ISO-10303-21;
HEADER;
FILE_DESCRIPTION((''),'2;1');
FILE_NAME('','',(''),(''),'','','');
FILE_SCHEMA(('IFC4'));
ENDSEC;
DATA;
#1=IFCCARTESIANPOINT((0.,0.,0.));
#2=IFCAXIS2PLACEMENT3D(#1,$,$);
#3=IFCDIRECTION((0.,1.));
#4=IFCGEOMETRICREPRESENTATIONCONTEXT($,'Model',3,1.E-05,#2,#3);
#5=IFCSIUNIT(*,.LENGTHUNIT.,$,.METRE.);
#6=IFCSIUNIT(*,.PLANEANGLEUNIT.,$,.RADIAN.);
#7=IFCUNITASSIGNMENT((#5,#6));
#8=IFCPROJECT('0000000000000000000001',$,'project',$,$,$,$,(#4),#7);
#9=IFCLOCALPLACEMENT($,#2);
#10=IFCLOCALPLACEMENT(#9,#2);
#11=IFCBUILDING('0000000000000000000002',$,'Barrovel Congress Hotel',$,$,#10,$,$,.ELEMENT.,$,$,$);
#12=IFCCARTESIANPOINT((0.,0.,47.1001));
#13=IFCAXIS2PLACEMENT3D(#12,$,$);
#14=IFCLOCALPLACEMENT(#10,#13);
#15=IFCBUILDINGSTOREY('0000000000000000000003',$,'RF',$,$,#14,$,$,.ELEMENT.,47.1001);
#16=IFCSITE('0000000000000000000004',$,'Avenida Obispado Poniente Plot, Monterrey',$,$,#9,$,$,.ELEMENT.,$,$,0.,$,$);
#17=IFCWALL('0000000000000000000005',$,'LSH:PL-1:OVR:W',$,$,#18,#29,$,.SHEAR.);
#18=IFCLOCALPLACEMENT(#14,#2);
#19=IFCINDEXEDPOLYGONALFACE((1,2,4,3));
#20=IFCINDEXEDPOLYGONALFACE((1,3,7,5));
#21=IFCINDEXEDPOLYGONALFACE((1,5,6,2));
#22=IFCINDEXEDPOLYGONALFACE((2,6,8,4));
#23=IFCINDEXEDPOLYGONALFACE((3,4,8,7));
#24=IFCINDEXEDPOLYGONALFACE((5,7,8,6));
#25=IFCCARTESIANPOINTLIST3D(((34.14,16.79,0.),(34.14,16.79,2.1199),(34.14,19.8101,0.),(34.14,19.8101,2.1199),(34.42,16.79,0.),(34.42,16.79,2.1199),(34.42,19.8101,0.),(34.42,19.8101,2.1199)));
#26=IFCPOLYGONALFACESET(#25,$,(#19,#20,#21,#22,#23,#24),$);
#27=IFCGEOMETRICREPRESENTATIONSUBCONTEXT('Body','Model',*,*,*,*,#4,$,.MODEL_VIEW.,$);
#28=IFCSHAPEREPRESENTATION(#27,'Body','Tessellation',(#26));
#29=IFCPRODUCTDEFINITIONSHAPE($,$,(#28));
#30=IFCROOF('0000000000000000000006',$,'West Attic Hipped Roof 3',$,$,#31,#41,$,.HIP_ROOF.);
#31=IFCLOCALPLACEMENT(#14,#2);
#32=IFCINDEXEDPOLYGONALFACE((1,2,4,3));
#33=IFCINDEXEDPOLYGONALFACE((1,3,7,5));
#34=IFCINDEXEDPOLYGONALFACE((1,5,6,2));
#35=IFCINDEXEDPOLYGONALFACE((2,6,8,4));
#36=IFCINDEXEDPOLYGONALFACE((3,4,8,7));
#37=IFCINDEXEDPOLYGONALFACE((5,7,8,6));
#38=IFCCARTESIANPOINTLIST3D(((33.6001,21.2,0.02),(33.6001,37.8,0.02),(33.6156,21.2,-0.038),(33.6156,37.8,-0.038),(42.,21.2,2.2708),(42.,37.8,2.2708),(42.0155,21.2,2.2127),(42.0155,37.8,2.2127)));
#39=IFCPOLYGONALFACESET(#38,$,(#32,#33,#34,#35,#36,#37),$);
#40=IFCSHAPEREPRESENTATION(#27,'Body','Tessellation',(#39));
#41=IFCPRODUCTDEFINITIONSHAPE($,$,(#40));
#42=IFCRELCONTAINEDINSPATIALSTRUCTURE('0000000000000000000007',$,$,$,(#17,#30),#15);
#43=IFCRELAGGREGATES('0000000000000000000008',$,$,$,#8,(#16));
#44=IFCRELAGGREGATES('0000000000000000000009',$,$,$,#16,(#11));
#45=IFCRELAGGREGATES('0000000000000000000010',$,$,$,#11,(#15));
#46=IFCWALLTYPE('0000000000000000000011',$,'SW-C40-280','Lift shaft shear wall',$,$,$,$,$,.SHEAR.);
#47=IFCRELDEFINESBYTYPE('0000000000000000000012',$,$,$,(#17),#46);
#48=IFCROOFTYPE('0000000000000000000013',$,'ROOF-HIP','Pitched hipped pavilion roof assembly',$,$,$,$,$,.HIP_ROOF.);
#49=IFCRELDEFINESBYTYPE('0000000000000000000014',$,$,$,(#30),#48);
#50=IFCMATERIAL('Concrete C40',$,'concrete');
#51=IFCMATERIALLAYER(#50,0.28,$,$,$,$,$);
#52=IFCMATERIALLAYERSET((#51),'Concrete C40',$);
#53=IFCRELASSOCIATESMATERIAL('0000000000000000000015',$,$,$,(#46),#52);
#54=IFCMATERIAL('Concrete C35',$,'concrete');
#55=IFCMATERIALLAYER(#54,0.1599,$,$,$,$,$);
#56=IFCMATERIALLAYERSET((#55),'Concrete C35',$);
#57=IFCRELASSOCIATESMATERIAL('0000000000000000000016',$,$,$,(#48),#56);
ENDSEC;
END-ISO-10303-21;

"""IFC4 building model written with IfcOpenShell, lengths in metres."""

from ifc_helpers import new_model, si_unit, direction, frame, frame_2d, origin, place, context, subcontext, project, spatial, polyline, rectangle, outline, extrude, material, layer, layer_set, type_object, element, save


model = new_model("IFC4")

# Units and contexts
model_context = context("Model", 3, precision=1e-05, world=origin(), true_north=direction((0.0, 1.0)))
body_context = subcontext(model_context, "Body", "Model", "MODEL_VIEW")
ifc_project = project(units=[si_unit("LENGTHUNIT", "METRE"), si_unit("PLANEANGLEUNIT", "RADIAN")], contexts=[model_context])

# Site, building, storey
site_placement = place(None, origin())
site = spatial("IfcSite", under=ifc_project, at=site_placement, Name="Avenida Obispado Poniente Plot, Monterrey", CompositionType="ELEMENT", RefElevation=0.0)
building_placement = place(site_placement, origin())
building = spatial("IfcBuilding", under=site, at=building_placement, Name="Barrovel Congress Hotel", CompositionType="ELEMENT")
storey_placement = place(building_placement, frame((0.0, 0.0, 47.1001)))
storey = spatial("IfcBuildingStorey", under=building, at=storey_placement, Name="RF", CompositionType="ELEMENT", Elevation=47.1001)

# Shared definitions
ifc_material_1 = material(Name="Concrete C40", Category="concrete")

# Shared definitions
ifc_material_2 = material(Name="Concrete C35", Category="concrete")

# Wall
ifc_layer_1 = layer(ifc_material_1, 0.28)
ifc_layer_set_1 = layer_set([ifc_layer_1], Name="Concrete C40")
wall_type_1 = type_object("IfcWallType", Name="SW-C40-280", Description="Lift shaft shear wall", PredefinedType="SHEAR", material=ifc_layer_set_1)
wall_1_placement = place(storey_placement, frame((34.28, 19.8101, 0.0), z_axis=(0.0, 0.0, 1.0), x_axis=(0.0, -1.0, 0.0)))
element("IfcWall", 1, at=wall_1_placement, inside=storey, type_object=wall_type_1, Name="LSH:PL-1:OVR:W", PredefinedType="SHEAR", context=body_context, shape_type="SweptSolid", body=[
    extrude(rectangle(XDim=3.02, YDim=0.28, at=frame_2d((1.51, 0.0))), origin(), (0.0, 0.0, 1.0), 2.1199),
])

# Roof
ifc_layer_2 = layer(ifc_material_2, 0.1599)
ifc_layer_set_2 = layer_set([ifc_layer_2], Name="Concrete C35")
roof_type = type_object("IfcRoofType", Name="ROOF-HIP", Description="Pitched hipped pavilion roof assembly", PredefinedType="HIP_ROOF", material=ifc_layer_set_2)
roof_placement = place(storey_placement, frame((33.6001, 21.2, 0.02), z_axis=(-0.258817, 0.0, 0.965926), x_axis=(0.965926, 0.0, 0.258817)))
element("IfcRoof", 2, at=roof_placement, inside=storey, type_object=roof_type, Name="West Attic Hipped Roof 3", PredefinedType="HIP_ROOF", context=body_context, shape_type="SweptSolid", body=[
    extrude(outline(polyline([(0.0, 0.0), (8.6962, 0.0), (8.6962, 16.6001), (0.0, 16.6001), (0.0, 0.0)])), origin(), (0.0, 0.0, -1.0), 0.0601),
])

save(model, "model.ifc")
